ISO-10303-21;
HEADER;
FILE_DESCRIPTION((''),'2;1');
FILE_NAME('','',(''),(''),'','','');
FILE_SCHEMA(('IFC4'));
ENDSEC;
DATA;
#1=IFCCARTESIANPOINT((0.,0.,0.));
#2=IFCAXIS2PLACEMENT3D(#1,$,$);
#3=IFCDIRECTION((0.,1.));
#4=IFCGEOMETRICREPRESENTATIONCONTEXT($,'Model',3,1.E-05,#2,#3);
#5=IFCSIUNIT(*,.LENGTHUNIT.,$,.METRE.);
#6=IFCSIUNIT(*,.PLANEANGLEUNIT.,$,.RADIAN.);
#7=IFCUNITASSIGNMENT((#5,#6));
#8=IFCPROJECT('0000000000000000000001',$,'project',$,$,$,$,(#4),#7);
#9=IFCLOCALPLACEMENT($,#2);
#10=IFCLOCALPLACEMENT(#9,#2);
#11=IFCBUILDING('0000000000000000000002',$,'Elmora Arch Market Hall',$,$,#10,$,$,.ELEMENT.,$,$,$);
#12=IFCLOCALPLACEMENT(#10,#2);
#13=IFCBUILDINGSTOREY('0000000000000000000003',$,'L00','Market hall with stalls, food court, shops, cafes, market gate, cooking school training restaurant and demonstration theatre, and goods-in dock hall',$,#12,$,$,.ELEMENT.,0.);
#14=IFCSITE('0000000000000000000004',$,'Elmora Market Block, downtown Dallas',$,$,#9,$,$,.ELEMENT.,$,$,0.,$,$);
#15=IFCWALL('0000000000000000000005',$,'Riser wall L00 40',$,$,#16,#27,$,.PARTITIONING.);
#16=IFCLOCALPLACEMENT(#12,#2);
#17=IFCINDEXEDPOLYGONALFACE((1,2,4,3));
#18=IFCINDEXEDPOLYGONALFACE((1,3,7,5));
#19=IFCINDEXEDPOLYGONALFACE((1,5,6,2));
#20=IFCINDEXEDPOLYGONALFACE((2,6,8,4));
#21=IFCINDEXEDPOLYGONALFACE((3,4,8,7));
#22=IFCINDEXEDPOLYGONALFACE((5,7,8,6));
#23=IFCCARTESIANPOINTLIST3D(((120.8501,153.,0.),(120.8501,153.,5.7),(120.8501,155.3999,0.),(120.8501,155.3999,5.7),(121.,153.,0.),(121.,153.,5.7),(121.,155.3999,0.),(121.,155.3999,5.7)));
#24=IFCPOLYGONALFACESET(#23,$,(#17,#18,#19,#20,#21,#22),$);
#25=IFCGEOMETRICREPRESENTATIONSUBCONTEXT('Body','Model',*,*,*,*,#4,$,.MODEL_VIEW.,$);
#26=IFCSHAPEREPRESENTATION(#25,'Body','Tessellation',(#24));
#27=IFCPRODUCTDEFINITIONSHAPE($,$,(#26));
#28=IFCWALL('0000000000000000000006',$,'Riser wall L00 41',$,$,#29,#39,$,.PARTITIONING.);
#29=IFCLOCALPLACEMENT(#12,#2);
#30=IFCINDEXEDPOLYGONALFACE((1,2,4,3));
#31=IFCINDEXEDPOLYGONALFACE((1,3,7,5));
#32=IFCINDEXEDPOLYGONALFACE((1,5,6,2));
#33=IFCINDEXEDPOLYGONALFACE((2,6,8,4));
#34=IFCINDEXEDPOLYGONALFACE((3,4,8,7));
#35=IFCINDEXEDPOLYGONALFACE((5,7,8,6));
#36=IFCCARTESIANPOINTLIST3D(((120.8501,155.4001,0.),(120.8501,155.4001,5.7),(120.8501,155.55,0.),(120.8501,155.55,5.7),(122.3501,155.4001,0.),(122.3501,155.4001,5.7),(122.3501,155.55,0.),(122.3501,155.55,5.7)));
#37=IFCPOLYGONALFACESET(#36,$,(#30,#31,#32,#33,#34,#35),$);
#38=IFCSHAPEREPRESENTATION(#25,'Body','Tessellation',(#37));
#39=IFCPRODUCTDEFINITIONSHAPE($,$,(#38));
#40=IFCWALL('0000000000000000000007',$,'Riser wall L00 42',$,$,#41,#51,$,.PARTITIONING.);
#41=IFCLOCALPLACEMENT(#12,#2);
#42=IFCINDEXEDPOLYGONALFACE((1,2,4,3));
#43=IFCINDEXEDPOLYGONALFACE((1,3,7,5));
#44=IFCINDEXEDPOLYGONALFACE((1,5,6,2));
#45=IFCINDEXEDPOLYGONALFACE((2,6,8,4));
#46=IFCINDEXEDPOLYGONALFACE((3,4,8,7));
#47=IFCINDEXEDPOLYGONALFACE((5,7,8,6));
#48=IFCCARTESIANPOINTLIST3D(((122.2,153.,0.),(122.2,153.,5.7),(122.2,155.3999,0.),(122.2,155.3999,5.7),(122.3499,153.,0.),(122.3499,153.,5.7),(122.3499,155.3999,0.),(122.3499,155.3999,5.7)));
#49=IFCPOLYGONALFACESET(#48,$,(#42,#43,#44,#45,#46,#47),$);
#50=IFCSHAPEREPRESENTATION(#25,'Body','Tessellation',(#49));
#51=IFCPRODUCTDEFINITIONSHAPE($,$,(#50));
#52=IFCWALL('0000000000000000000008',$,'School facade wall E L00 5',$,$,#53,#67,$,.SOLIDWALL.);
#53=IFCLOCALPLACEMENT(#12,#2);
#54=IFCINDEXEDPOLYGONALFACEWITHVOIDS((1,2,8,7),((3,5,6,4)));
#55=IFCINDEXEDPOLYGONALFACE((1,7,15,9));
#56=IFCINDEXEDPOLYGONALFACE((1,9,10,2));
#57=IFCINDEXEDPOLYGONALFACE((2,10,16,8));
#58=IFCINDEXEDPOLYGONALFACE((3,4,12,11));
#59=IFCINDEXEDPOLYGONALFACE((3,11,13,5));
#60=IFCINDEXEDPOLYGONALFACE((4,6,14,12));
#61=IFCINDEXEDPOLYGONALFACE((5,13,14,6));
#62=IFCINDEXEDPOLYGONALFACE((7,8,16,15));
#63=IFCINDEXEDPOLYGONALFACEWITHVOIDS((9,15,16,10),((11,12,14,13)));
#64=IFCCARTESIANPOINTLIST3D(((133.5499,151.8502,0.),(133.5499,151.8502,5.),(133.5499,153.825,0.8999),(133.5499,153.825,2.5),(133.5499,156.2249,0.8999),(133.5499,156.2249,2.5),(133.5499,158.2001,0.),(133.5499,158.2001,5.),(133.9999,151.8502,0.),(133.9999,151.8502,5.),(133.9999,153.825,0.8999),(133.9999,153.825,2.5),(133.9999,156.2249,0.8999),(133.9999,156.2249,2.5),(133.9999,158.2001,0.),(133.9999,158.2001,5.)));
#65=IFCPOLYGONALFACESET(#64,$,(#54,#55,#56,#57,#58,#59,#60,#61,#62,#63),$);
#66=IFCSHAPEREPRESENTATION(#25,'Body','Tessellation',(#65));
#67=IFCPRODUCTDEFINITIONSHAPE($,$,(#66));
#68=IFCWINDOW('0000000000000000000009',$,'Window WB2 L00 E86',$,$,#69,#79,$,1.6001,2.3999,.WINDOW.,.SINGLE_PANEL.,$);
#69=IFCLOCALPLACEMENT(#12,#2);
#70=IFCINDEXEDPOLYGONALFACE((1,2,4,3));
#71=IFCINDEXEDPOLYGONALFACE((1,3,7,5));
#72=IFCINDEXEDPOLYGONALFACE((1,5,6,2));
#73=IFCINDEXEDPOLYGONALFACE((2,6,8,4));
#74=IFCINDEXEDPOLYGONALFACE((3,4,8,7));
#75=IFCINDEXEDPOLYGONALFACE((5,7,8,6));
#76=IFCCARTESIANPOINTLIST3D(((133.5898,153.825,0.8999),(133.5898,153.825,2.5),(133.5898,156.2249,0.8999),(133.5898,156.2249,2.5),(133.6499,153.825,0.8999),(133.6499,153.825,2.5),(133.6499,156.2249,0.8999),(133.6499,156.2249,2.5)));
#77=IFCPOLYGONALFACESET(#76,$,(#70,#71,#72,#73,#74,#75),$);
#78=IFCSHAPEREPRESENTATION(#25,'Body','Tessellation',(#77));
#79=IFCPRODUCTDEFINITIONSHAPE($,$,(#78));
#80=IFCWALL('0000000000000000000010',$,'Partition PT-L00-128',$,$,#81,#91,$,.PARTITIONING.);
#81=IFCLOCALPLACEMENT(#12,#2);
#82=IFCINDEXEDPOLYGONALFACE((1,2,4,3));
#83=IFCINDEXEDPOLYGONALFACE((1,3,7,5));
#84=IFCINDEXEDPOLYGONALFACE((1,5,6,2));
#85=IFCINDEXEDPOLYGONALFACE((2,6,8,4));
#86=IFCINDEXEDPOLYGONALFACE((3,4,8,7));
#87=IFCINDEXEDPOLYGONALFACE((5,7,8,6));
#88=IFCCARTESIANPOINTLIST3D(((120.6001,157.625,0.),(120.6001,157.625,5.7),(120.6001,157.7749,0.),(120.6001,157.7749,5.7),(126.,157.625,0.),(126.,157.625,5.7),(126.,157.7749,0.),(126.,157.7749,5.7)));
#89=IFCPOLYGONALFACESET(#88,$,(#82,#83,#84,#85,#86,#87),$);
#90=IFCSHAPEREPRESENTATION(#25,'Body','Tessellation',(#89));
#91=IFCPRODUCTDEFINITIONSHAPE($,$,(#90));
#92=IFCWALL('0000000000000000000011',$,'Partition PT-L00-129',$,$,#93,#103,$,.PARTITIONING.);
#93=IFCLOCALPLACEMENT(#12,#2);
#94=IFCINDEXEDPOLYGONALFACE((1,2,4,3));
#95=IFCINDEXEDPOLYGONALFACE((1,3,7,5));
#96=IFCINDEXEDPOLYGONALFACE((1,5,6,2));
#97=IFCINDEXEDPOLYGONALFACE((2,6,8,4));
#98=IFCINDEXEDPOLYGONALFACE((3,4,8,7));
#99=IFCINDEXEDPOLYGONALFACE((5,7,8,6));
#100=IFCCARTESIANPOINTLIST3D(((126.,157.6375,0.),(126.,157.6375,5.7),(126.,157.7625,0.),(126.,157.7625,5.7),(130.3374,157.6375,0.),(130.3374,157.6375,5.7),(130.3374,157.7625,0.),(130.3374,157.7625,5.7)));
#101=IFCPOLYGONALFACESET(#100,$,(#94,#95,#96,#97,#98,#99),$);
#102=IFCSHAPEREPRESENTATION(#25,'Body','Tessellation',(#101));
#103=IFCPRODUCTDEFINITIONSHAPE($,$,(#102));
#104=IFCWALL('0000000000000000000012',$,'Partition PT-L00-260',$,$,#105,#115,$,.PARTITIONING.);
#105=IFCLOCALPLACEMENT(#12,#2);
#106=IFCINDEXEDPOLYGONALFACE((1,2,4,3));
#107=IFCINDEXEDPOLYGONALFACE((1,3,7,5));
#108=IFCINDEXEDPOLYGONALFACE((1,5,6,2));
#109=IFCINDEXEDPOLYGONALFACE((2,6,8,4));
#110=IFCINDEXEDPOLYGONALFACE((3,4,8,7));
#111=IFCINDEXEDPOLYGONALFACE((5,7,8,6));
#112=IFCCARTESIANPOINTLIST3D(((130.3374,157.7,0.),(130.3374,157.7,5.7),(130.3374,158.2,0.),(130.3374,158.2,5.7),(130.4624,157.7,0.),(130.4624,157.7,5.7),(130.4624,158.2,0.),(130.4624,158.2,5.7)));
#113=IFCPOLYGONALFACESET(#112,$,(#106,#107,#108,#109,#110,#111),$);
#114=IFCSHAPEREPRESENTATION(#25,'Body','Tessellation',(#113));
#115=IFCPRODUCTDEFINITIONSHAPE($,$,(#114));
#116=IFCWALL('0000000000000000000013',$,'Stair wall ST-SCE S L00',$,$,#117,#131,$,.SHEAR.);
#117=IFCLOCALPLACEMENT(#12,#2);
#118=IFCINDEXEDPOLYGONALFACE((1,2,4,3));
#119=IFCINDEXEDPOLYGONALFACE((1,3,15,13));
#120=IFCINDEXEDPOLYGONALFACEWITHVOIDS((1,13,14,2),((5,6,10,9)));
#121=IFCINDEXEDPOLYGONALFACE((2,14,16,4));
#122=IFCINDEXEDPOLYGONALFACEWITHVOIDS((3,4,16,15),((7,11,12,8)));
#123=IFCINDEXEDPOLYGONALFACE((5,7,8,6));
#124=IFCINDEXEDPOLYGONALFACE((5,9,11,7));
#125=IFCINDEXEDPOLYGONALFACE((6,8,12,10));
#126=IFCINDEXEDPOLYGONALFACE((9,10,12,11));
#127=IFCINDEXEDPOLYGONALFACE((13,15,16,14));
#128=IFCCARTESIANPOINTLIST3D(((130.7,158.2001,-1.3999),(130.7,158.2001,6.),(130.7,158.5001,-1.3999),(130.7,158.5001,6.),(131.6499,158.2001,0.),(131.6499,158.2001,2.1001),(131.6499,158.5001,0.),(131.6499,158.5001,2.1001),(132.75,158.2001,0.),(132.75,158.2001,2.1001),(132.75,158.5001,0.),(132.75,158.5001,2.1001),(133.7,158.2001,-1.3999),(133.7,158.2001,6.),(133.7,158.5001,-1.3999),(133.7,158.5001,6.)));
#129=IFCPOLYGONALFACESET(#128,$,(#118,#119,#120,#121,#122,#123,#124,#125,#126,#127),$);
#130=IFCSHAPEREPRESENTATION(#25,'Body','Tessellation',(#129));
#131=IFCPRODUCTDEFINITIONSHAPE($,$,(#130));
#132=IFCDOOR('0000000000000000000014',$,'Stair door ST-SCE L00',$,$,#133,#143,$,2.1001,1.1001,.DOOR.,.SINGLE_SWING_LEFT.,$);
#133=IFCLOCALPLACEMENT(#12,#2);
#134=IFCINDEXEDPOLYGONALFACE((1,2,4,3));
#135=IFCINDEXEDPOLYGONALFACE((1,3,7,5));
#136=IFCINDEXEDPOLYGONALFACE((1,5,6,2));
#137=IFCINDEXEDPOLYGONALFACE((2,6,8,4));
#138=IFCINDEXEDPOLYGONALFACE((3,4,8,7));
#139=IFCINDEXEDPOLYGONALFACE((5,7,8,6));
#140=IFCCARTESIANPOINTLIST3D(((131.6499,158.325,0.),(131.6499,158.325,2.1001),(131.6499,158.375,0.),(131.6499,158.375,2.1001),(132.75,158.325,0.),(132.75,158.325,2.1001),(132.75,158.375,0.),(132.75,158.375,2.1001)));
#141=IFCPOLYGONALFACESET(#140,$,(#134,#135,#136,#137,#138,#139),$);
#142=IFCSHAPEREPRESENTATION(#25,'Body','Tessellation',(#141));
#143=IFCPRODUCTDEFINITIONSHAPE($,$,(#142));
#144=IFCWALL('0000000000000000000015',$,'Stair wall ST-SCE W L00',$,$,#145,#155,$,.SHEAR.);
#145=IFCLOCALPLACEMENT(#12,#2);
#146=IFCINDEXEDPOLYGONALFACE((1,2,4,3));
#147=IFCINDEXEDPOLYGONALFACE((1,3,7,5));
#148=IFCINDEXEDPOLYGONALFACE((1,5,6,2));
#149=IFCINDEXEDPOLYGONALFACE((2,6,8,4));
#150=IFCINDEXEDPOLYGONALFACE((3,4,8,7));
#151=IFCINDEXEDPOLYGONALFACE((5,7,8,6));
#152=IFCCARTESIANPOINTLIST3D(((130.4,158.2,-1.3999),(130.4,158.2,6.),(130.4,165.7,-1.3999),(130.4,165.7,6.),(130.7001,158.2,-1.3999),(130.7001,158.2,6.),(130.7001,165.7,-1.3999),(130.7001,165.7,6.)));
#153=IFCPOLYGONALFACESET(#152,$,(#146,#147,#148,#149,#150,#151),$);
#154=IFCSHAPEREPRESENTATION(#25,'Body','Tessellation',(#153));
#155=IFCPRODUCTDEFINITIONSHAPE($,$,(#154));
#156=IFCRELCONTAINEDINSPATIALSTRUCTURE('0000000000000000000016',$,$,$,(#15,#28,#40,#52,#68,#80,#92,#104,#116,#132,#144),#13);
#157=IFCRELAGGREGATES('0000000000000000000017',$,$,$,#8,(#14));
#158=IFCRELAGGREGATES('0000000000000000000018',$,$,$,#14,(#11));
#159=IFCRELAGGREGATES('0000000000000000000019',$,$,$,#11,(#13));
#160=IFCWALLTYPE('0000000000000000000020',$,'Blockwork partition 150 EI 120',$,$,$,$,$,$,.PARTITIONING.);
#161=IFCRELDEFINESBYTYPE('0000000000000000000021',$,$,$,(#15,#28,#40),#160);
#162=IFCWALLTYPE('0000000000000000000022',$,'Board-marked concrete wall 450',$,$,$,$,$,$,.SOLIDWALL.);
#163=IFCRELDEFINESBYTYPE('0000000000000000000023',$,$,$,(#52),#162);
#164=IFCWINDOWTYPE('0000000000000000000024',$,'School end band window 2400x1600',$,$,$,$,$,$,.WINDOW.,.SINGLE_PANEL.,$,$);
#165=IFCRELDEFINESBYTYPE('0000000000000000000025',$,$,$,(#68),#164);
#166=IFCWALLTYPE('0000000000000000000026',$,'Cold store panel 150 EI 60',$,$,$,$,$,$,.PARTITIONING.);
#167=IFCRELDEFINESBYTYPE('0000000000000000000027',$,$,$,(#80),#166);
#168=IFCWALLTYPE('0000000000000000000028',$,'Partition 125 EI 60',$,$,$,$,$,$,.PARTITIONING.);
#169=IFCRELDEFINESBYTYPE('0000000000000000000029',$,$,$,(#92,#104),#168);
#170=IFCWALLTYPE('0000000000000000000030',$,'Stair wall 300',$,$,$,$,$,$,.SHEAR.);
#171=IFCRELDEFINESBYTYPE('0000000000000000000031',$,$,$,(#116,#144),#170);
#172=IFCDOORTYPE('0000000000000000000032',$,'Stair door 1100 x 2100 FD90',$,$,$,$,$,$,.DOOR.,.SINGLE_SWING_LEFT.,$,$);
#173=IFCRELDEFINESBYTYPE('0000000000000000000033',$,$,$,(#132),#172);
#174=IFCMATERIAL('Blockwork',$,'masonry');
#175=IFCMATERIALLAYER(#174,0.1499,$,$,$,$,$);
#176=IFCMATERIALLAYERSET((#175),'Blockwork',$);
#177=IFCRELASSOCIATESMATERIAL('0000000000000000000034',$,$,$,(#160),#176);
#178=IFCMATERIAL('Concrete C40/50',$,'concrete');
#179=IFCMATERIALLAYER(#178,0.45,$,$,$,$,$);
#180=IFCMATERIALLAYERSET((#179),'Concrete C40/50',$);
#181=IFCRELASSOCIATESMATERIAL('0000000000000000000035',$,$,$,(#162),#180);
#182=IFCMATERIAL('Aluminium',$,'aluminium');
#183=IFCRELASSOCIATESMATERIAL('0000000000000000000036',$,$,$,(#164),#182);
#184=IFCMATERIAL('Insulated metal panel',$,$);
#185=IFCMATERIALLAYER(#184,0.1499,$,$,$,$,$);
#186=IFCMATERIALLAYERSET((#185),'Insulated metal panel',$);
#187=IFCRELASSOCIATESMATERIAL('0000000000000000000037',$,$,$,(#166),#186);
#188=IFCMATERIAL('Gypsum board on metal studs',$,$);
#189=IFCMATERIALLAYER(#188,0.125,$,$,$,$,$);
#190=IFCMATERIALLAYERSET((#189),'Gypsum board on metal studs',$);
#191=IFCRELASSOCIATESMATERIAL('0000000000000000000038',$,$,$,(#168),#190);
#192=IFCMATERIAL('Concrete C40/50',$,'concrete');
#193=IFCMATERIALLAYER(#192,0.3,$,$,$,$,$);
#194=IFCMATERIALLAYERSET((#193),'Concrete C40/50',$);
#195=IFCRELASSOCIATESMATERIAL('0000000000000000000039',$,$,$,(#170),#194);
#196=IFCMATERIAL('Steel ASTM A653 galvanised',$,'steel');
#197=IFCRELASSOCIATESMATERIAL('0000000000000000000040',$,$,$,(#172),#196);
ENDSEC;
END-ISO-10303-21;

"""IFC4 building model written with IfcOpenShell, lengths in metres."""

from ifc_helpers import new_model, si_unit, direction, frame, frame_2d, origin, place, context, subcontext, project, spatial, rectangle, extrude, material, layer, layer_set, type_object, element, fill, save


model = new_model("IFC4")

# Units and contexts
model_context = context("Model", 3, precision=1e-05, world=origin(), true_north=direction((0.0, 1.0)))
body_context = subcontext(model_context, "Body", "Model", "MODEL_VIEW")
ifc_project = project(units=[si_unit("LENGTHUNIT", "METRE"), si_unit("PLANEANGLEUNIT", "RADIAN")], contexts=[model_context])

# Site, building, storey
site_placement = place(None, origin())
site = spatial("IfcSite", under=ifc_project, at=site_placement, Name="Elmora Market Block, downtown Dallas", CompositionType="ELEMENT", RefElevation=0.0)
building_placement = place(site_placement, origin())
building = spatial("IfcBuilding", under=site, at=building_placement, Name="Elmora Arch Market Hall", CompositionType="ELEMENT")
storey_placement = place(building_placement, origin())
storey = spatial("IfcBuildingStorey", under=building, at=storey_placement, Name="L00", Description="Market hall with stalls, food court, shops, cafes, market gate, cooking school training restaurant and demonstration theatre, and goods-in dock hall", CompositionType="ELEMENT", Elevation=0.0)

# Shared definitions
ifc_material_1 = material(Name="Blockwork", Category="masonry")
ifc_layer_1 = layer(ifc_material_1, 0.1499)
ifc_layer_set_1 = layer_set([ifc_layer_1], Name="Blockwork")
wall_type_1 = type_object("IfcWallType", Name="Blockwork partition 150 EI 120", PredefinedType="PARTITIONING", material=ifc_layer_set_1)

# Walls
wall_1_placement = place(storey_placement, frame((120.925, 153.0, 0.0), z_axis=(0.0, 0.0, 1.0), x_axis=(0.0, 1.0, 0.0)))
element("IfcWall", 1, at=wall_1_placement, inside=storey, type_object=wall_type_1, Name="Riser wall L00 40", PredefinedType="PARTITIONING", context=body_context, shape_type="SweptSolid", body=[
    extrude(rectangle(XDim=2.3999, YDim=0.1499, at=frame_2d((1.2, 0.0))), origin(), (0.0, 0.0, 1.0), 5.7),
])
wall_2_placement = place(storey_placement, frame((120.8501, 155.4751, 0.0), z_axis=(0.0, 0.0, 1.0), x_axis=(1.0, 0.0, 0.0)))
element("IfcWall", 2, at=wall_2_placement, inside=storey, type_object=wall_type_1, Name="Riser wall L00 41", PredefinedType="PARTITIONING", context=body_context, shape_type="SweptSolid", body=[
    extrude(rectangle(XDim=1.5, YDim=0.1499, at=frame_2d((0.75, 0.0))), origin(), (0.0, 0.0, 1.0), 5.7),
])
wall_3_placement = place(storey_placement, frame((122.2749, 153.0, 0.0), z_axis=(0.0, 0.0, 1.0), x_axis=(0.0, 1.0, 0.0)))
element("IfcWall", 3, at=wall_3_placement, inside=storey, type_object=wall_type_1, Name="Riser wall L00 42", PredefinedType="PARTITIONING", context=body_context, shape_type="SweptSolid", body=[
    extrude(rectangle(XDim=2.3999, YDim=0.1499, at=frame_2d((1.2, 0.0))), origin(), (0.0, 0.0, 1.0), 5.7),
])

# Wall, opening, window
ifc_material_2 = material(Name="Concrete C40/50", Category="concrete")
ifc_layer_2 = layer(ifc_material_2, 0.45)
ifc_layer_set_2 = layer_set([ifc_layer_2], Name="Concrete C40/50")
wall_type_2 = type_object("IfcWallType", Name="Board-marked concrete wall 450", PredefinedType="SOLIDWALL", material=ifc_layer_set_2)
wall_4_placement = place(storey_placement, frame((133.7749, 158.2, 0.0), z_axis=(0.0, 0.0, 1.0), x_axis=(0.0, -1.0, 0.0)))
wall_4 = element("IfcWall", 4, at=wall_4_placement, inside=storey, type_object=wall_type_2, Name="School facade wall E L00 5", PredefinedType="SOLIDWALL", context=body_context, shape_type="SweptSolid", body=[
    extrude(rectangle(XDim=6.3499, YDim=0.45, at=frame_2d((3.1748, 0.0))), origin(), (0.0, 0.0, 1.0), 5.0),
])
opening_1_placement = place(wall_4_placement, frame((1.9751, 0.0, 0.8999)))
opening_1 = element("IfcOpeningElement", 5, at=opening_1_placement, cuts=wall_4, PredefinedType="OPENING", context=body_context, shape_type="SweptSolid", body=[
    extrude(rectangle(XDim=2.3999, YDim=1.6001, at=frame_2d((1.2, 0.8))), frame((0.0, 0.2349, 0.0), z_axis=(0.0, -1.0, 0.0), x_axis=(1.0, 0.0, 0.0)), (0.0, 0.0, 1.0), 0.47),
])
ifc_material_3 = material(Name="Aluminium", Category="aluminium")
window_type = type_object("IfcWindowType", Name="School end band window 2400x1600", PartitioningType="SINGLE_PANEL", PredefinedType="WINDOW", material=ifc_material_3)
window_placement = place(opening_1_placement, origin())
window = element("IfcWindow", 6, at=window_placement, inside=storey, type_object=window_type, Name="Window WB2 L00 E86", OverallHeight=1.6001, OverallWidth=2.3999, PartitioningType="SINGLE_PANEL", PredefinedType="WINDOW", context=body_context, shape_type="SweptSolid", body=[
    extrude(rectangle(XDim=2.3999, YDim=1.6001, at=frame_2d((1.2, 0.8))), frame((0.0, -0.125, 0.0), z_axis=(0.0, -1.0, 0.0), x_axis=(1.0, 0.0, 0.0)), (0.0, 0.0, 1.0), 0.0601),
])
fill(opening_1, window)

# Walls
ifc_material_4 = material(Name="Insulated metal panel")
ifc_layer_3 = layer(ifc_material_4, 0.1499)
ifc_layer_set_3 = layer_set([ifc_layer_3], Name="Insulated metal panel")
wall_type_3 = type_object("IfcWallType", Name="Cold store panel 150 EI 60", PredefinedType="PARTITIONING", material=ifc_layer_set_3)
wall_5_placement = place(storey_placement, frame((120.6001, 157.7, 0.0), z_axis=(0.0, 0.0, 1.0), x_axis=(1.0, 0.0, 0.0)))
element("IfcWall", 7, at=wall_5_placement, inside=storey, type_object=wall_type_3, Name="Partition PT-L00-128", PredefinedType="PARTITIONING", context=body_context, shape_type="SweptSolid", body=[
    extrude(rectangle(XDim=5.3999, YDim=0.1499, at=frame_2d((2.7, 0.0))), origin(), (0.0, 0.0, 1.0), 5.7),
])
ifc_material_5 = material(Name="Gypsum board on metal studs")
ifc_layer_4 = layer(ifc_material_5, 0.125)
ifc_layer_set_4 = layer_set([ifc_layer_4], Name="Gypsum board on metal studs")
wall_type_4 = type_object("IfcWallType", Name="Partition 125 EI 60", PredefinedType="PARTITIONING", material=ifc_layer_set_4)
wall_6_placement = place(storey_placement, frame((126.0, 157.7, 0.0), z_axis=(0.0, 0.0, 1.0), x_axis=(1.0, 0.0, 0.0)))
element("IfcWall", 8, at=wall_6_placement, inside=storey, type_object=wall_type_4, Name="Partition PT-L00-129", PredefinedType="PARTITIONING", context=body_context, shape_type="SweptSolid", body=[
    extrude(rectangle(XDim=4.3374, YDim=0.125, at=frame_2d((2.1687, 0.0))), origin(), (0.0, 0.0, 1.0), 5.7),
])
wall_7_placement = place(storey_placement, frame((130.3999, 157.7, 0.0), z_axis=(0.0, 0.0, 1.0), x_axis=(0.0, 1.0, 0.0)))
element("IfcWall", 9, at=wall_7_placement, inside=storey, type_object=wall_type_4, Name="Partition PT-L00-260", PredefinedType="PARTITIONING", context=body_context, shape_type="SweptSolid", body=[
    extrude(rectangle(XDim=0.5, YDim=0.125, at=frame_2d((0.25, 0.0))), origin(), (0.0, 0.0, 1.0), 5.7),
])

# Wall, opening, door
ifc_material_6 = material(Name="Concrete C40/50", Category="concrete")
ifc_layer_5 = layer(ifc_material_6, 0.3)
ifc_layer_set_5 = layer_set([ifc_layer_5], Name="Concrete C40/50")
wall_type_5 = type_object("IfcWallType", Name="Stair wall 300", PredefinedType="SHEAR", material=ifc_layer_set_5)
wall_8_placement = place(storey_placement, frame((130.7, 158.3501, -1.3999), z_axis=(0.0, 0.0, 1.0), x_axis=(1.0, 0.0, 0.0)))
wall_8 = element("IfcWall", 10, at=wall_8_placement, inside=storey, type_object=wall_type_5, Name="Stair wall ST-SCE S L00", PredefinedType="SHEAR", context=body_context, shape_type="SweptSolid", body=[
    extrude(rectangle(XDim=3.0, YDim=0.3, at=frame_2d((1.5, 0.0))), origin(), (0.0, 0.0, 1.0), 7.3999),
])
opening_2_placement = place(wall_8_placement, frame((0.95, 0.0, 1.3999)))
opening_2 = element("IfcOpeningElement", 11, at=opening_2_placement, cuts=wall_8, PredefinedType="OPENING", context=body_context, shape_type="SweptSolid", body=[
    extrude(rectangle(XDim=1.1001, YDim=2.1001, at=frame_2d((0.55, 1.05))), frame((0.0, 0.1599, 0.0), z_axis=(0.0, -1.0, 0.0), x_axis=(1.0, 0.0, 0.0)), (0.0, 0.0, 1.0), 0.3201),
])
ifc_material_7 = material(Name="Steel ASTM A653 galvanised", Category="steel")
door_type_1 = type_object("IfcDoorType", Name="Stair door 1100 x 2100 FD90", OperationType="SINGLE_SWING_LEFT", PredefinedType="DOOR", material=ifc_material_7)
door_1_placement = place(opening_2_placement, origin())
door_1 = element("IfcDoor", 12, at=door_1_placement, inside=storey, type_object=door_type_1, Name="Stair door ST-SCE L00", OperationType="SINGLE_SWING_LEFT", OverallHeight=2.1001, OverallWidth=1.1001, PredefinedType="DOOR", context=body_context, shape_type="SweptSolid", body=[
    extrude(rectangle(XDim=1.1001, YDim=2.1001, at=frame_2d((0.55, 1.05))), frame((0.0, 0.0249, 0.0), z_axis=(0.0, -1.0, 0.0), x_axis=(1.0, 0.0, 0.0)), (0.0, 0.0, 1.0), 0.05),
])
fill(opening_2, door_1)

# Wall
wall_9_placement = place(storey_placement, frame((130.55, 158.2, -1.3999), z_axis=(0.0, 0.0, 1.0), x_axis=(0.0, 1.0, 0.0)))
element("IfcWall", 13, at=wall_9_placement, inside=storey, type_object=wall_type_5, Name="Stair wall ST-SCE W L00", PredefinedType="SHEAR", context=body_context, shape_type="SweptSolid", body=[
    extrude(rectangle(XDim=7.5, YDim=0.3, at=frame_2d((3.75, 0.0))), origin(), (0.0, 0.0, 1.0), 7.3999),
])

save(model, "model.ifc")
